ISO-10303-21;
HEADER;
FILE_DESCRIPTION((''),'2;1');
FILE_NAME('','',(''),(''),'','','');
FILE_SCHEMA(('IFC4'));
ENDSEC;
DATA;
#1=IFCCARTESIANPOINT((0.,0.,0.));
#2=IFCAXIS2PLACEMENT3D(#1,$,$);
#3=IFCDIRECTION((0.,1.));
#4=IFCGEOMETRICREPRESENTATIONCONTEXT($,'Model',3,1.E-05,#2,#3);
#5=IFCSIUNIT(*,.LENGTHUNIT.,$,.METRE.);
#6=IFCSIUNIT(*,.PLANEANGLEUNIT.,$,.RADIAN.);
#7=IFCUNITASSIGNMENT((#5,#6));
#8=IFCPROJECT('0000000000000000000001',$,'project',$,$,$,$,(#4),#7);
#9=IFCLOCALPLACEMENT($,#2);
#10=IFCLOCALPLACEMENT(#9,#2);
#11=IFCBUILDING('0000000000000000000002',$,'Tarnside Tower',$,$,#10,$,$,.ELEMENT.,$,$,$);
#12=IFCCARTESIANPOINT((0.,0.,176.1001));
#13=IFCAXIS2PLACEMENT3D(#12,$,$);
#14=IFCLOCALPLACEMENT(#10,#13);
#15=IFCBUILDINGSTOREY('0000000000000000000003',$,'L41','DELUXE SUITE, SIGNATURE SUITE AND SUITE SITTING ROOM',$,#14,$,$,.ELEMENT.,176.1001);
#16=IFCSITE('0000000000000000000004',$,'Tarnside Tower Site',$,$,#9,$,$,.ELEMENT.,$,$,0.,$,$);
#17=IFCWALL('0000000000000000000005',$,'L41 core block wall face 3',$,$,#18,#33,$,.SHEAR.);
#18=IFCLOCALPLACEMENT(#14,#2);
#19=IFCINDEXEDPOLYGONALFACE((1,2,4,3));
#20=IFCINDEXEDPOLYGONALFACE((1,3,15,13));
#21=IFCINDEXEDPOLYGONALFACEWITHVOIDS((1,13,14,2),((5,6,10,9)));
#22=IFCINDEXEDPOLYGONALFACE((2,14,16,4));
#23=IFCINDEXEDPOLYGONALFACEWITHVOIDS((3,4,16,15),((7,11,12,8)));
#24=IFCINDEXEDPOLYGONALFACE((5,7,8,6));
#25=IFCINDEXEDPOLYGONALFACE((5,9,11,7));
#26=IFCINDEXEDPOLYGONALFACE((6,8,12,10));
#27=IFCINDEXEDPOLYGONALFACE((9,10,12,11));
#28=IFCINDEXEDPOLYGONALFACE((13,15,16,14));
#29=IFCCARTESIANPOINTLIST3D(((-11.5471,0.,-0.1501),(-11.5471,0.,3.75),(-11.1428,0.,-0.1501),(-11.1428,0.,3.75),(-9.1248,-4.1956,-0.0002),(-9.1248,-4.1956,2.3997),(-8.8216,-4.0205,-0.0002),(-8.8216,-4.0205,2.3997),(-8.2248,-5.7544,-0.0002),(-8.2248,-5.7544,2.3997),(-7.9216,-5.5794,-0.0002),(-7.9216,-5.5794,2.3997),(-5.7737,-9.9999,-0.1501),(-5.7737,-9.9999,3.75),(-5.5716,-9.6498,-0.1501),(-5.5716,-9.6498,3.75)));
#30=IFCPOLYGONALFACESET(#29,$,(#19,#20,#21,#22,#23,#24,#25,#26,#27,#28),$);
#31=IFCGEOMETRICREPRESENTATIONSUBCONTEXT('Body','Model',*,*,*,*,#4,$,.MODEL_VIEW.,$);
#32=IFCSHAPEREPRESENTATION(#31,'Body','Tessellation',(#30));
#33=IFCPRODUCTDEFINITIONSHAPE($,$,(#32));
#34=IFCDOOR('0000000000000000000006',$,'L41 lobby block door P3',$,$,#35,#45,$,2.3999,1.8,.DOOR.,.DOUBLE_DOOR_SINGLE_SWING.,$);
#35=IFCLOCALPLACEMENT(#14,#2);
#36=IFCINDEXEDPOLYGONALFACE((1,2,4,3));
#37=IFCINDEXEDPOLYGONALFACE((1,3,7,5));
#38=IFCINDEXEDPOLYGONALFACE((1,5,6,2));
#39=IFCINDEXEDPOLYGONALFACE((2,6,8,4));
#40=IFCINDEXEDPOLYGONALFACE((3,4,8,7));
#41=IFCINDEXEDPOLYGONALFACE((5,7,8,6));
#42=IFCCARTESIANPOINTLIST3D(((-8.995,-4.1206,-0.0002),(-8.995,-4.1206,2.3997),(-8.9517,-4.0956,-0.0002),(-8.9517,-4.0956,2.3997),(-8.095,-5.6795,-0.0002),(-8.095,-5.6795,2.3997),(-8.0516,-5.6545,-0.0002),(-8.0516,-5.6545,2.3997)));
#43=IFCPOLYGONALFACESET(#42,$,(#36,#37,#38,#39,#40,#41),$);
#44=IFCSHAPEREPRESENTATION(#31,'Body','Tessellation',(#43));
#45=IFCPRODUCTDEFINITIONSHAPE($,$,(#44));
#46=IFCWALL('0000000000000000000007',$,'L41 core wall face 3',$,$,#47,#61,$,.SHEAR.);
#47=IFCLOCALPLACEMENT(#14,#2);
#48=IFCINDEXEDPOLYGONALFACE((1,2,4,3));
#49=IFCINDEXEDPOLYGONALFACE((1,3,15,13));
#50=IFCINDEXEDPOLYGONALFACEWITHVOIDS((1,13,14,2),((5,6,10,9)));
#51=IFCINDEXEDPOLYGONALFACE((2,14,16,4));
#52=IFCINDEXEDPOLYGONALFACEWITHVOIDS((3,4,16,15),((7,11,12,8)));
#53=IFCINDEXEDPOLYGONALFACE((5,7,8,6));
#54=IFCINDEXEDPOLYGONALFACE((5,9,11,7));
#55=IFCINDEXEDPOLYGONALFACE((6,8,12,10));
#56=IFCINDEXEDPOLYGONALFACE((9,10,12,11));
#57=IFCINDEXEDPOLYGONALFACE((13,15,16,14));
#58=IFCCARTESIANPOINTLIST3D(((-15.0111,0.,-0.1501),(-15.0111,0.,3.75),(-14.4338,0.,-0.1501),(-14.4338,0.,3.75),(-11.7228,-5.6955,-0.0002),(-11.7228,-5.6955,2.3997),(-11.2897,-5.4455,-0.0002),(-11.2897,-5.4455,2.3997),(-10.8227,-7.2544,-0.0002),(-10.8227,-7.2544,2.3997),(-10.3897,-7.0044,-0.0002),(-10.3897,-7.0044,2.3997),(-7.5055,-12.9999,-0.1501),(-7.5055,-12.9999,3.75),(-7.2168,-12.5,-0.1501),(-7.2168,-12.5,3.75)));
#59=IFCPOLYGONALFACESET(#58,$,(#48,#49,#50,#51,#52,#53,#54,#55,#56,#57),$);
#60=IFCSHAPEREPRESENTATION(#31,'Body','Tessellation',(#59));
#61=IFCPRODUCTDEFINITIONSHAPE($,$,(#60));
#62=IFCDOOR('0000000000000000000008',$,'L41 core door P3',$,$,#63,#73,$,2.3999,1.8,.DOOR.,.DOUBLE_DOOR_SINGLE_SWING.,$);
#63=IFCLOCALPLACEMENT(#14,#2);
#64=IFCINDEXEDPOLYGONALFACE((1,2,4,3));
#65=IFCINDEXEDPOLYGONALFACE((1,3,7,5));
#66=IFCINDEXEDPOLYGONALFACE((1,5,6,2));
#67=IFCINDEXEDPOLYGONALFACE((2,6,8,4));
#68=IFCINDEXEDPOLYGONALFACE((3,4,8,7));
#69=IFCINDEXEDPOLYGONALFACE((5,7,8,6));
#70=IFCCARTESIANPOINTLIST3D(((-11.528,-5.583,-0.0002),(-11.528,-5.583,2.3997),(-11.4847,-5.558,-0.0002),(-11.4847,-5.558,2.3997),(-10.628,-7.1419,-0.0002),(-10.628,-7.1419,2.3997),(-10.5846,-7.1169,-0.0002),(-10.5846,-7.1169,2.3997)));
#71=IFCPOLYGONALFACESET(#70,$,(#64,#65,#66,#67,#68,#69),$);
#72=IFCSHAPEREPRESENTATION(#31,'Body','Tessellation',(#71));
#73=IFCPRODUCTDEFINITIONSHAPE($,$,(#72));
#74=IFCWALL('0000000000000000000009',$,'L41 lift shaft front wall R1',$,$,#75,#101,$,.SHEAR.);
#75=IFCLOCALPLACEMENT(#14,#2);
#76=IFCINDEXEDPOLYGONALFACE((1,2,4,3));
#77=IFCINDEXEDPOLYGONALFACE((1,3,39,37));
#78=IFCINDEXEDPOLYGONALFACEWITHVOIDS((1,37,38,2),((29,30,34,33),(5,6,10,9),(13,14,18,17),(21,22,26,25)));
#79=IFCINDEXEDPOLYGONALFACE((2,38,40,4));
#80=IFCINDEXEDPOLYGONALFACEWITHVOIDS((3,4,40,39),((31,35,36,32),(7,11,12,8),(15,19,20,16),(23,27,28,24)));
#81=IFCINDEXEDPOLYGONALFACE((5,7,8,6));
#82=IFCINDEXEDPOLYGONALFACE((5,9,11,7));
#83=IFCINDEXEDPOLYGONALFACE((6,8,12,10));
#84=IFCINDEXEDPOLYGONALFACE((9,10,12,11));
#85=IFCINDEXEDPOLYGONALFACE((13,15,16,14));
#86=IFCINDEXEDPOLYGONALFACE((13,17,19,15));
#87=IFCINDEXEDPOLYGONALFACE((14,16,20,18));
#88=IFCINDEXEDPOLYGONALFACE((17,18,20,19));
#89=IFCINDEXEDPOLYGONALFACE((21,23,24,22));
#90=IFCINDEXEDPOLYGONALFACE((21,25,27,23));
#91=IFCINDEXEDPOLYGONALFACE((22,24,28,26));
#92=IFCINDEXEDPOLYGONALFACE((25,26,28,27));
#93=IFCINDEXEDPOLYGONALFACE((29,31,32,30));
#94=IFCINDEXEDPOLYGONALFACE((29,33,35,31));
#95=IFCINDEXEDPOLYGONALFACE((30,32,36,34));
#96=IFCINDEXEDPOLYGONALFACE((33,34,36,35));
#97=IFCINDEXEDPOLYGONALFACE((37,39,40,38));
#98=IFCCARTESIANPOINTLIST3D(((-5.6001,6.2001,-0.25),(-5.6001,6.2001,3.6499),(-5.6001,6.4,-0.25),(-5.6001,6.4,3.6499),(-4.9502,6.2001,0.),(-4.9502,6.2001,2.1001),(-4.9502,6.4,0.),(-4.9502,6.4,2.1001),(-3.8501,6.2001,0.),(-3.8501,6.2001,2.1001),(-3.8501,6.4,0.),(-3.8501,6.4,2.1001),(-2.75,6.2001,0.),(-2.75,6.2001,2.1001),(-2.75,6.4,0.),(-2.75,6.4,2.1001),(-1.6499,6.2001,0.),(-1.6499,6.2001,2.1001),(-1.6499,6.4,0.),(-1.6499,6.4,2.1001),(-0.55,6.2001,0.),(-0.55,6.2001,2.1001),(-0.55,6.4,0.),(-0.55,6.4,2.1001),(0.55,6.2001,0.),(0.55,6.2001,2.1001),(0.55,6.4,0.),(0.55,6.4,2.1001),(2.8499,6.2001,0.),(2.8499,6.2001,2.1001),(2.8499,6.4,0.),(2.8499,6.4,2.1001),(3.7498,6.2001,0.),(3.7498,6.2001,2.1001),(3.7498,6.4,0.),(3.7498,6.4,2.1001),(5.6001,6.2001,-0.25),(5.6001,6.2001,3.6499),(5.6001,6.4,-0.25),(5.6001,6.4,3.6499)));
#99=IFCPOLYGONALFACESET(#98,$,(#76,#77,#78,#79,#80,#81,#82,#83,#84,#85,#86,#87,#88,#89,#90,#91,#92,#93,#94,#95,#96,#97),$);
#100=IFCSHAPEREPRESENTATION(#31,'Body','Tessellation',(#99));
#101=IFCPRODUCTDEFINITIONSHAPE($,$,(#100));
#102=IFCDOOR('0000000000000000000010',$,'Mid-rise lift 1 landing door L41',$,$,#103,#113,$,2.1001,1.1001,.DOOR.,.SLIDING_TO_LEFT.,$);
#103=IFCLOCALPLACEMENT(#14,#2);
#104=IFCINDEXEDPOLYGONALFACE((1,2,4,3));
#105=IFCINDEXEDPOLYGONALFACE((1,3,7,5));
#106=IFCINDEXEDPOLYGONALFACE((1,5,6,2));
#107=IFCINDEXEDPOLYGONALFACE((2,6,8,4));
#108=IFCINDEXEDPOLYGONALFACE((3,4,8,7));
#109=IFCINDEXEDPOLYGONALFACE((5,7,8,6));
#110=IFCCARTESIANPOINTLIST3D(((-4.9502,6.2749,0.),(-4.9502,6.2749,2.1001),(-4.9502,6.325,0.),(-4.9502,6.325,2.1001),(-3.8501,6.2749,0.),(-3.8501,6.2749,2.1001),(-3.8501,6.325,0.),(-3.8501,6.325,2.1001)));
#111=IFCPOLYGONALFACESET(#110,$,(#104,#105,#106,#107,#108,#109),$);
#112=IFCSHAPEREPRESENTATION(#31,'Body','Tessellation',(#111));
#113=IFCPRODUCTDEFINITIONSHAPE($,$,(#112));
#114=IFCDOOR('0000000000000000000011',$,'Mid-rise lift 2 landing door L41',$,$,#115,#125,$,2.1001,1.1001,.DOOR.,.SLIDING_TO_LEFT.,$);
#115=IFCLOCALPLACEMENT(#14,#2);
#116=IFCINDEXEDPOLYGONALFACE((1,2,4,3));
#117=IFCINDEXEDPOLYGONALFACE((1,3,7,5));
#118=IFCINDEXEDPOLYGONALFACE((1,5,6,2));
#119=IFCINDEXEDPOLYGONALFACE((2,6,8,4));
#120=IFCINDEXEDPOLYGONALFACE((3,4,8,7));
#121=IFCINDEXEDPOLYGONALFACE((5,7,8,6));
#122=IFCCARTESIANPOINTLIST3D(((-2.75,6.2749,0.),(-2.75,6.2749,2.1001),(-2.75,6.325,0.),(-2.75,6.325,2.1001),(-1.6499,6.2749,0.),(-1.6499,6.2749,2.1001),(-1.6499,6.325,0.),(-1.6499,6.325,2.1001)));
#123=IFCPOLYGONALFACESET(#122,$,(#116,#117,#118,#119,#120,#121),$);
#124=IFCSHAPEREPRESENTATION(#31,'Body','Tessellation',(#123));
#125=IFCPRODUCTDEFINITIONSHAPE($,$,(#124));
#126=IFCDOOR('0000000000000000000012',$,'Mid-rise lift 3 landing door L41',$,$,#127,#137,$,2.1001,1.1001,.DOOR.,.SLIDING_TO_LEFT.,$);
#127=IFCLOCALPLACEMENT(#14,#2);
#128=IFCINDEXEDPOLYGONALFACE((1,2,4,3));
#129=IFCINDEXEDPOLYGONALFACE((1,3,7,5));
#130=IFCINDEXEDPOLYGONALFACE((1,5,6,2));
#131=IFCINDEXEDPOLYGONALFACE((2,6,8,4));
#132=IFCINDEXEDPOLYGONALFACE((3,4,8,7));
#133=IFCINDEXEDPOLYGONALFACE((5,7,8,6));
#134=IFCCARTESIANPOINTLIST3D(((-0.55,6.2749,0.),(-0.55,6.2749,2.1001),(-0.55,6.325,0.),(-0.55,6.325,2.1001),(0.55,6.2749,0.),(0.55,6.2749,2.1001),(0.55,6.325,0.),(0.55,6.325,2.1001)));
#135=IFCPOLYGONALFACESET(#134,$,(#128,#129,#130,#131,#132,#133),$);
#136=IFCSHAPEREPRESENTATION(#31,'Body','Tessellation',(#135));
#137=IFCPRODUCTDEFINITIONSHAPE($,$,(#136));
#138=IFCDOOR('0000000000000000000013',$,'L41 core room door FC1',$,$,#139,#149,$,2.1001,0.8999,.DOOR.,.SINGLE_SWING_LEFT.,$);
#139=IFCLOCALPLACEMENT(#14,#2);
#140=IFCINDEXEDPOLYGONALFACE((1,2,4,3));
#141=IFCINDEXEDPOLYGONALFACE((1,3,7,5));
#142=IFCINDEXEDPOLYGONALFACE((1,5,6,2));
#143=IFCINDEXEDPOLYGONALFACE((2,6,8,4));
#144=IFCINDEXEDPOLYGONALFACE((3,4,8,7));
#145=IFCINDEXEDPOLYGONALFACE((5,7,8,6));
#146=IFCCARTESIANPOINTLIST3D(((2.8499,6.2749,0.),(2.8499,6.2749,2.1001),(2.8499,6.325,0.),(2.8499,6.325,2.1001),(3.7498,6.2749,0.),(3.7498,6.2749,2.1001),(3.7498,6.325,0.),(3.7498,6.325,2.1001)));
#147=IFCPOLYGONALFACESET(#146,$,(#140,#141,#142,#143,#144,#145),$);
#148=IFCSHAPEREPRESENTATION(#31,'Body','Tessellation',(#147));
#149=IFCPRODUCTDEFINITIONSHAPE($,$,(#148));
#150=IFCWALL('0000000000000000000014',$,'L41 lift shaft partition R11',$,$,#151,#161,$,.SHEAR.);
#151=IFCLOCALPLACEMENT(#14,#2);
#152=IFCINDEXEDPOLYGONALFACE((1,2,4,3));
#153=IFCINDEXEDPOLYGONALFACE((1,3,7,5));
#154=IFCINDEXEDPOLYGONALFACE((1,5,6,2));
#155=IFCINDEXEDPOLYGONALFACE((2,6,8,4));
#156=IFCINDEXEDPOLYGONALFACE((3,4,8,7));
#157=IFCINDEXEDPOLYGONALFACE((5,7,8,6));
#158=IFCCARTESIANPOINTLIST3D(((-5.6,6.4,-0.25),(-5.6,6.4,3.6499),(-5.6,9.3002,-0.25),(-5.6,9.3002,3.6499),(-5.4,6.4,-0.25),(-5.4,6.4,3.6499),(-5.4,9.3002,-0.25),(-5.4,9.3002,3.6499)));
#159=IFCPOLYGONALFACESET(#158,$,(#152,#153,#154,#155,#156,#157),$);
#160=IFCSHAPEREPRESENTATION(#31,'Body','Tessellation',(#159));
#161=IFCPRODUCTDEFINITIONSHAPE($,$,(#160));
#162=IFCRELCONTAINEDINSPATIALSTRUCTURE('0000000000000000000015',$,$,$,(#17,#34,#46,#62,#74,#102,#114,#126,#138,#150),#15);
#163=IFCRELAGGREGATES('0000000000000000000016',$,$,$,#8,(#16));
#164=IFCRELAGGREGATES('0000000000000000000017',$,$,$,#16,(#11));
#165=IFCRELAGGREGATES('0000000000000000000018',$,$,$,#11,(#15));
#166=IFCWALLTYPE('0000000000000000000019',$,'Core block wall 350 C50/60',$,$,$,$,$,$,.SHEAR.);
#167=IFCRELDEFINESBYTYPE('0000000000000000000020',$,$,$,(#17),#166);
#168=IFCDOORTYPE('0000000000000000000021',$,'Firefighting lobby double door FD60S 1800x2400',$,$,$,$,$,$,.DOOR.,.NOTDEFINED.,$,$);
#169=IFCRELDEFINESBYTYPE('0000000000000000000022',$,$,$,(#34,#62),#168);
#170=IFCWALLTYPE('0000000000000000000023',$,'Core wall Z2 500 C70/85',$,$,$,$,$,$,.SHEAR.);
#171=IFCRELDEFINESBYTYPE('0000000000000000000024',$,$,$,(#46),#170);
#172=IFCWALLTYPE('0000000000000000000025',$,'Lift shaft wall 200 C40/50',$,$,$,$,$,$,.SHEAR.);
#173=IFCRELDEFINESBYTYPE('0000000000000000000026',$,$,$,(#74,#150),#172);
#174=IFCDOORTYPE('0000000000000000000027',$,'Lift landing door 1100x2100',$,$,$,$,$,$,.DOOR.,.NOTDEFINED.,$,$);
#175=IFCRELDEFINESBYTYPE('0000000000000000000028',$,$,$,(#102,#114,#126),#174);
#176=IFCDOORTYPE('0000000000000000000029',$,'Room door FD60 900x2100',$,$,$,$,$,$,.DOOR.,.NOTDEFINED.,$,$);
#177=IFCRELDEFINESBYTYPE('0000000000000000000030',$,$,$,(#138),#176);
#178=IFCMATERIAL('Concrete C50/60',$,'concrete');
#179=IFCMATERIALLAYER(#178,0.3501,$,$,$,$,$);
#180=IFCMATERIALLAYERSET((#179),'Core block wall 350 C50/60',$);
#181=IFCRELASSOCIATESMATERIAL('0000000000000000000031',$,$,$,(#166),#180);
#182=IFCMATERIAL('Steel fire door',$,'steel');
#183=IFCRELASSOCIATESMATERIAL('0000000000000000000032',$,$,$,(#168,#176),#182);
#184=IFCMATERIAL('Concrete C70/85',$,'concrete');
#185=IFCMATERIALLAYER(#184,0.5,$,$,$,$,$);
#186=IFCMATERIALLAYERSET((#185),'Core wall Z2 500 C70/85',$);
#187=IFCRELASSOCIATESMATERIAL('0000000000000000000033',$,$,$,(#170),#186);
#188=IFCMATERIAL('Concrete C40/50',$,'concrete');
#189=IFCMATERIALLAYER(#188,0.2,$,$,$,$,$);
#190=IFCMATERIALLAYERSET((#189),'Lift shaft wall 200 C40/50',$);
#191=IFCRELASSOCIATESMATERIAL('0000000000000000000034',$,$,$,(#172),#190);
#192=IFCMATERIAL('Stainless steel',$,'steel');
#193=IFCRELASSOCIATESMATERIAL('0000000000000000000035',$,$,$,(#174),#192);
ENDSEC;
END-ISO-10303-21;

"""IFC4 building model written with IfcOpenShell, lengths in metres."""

from ifc_helpers import new_model, si_unit, direction, frame, frame_2d, origin, place, context, subcontext, project, spatial, polyline, rectangle, outline, extrude, material, layer, layer_set, type_object, element, fill, save


model = new_model("IFC4")

# Units and contexts
model_context = context("Model", 3, precision=1e-05, world=origin(), true_north=direction((0.0, 1.0)))
body_context = subcontext(model_context, "Body", "Model", "MODEL_VIEW")
ifc_project = project(units=[si_unit("LENGTHUNIT", "METRE"), si_unit("PLANEANGLEUNIT", "RADIAN")], contexts=[model_context])

# Site, building, storey
site_placement = place(None, origin())
site = spatial("IfcSite", under=ifc_project, at=site_placement, Name="Tarnside Tower Site", CompositionType="ELEMENT", RefElevation=0.0)
building_placement = place(site_placement, origin())
building = spatial("IfcBuilding", under=site, at=building_placement, Name="Tarnside Tower", CompositionType="ELEMENT")
storey_placement = place(building_placement, frame((0.0, 0.0, 176.1001)))
storey = spatial("IfcBuildingStorey", under=building, at=storey_placement, Name="L41", Description="DELUXE SUITE, SIGNATURE SUITE AND SUITE SITTING ROOM", CompositionType="ELEMENT", Elevation=176.1001)

# Walls, openings, doors
ifc_material_1 = material(Name="Concrete C50/60", Category="concrete")
ifc_layer_1 = layer(ifc_material_1, 0.3501)
ifc_layer_set_1 = layer_set([ifc_layer_1], Name="Core block wall 350 C50/60")
wall_type_1 = type_object("IfcWallType", Name="Core block wall 350 C50/60", PredefinedType="SHEAR", material=ifc_layer_set_1)
wall_1_placement = place(storey_placement, frame((-11.345, 0.0, -0.1501), z_axis=(0.0, 0.0, 1.0), x_axis=(0.499995, -0.866028, 0.0)))
wall_1 = element("IfcWall", 1, at=wall_1_placement, inside=storey, type_object=wall_type_1, Name="L41 core block wall face 3", PredefinedType="SHEAR", context=body_context, shape_type="SweptSolid", body=[
    extrude(outline(polyline([(-0.1011, -0.175), (11.4458, -0.175), (11.2437, 0.175), (0.1011, 0.175), (-0.1011, -0.175)])), origin(), (0.0, 0.0, 1.0), 3.9001),
])
opening_1_placement = place(wall_1_placement, frame((4.7437, 0.0, 0.1499)))
opening_1 = element("IfcOpeningElement", 2, at=opening_1_placement, cuts=wall_1, PredefinedType="OPENING", context=body_context, shape_type="SweptSolid", body=[
    extrude(rectangle(XDim=1.8, YDim=2.3999, at=frame_2d((0.8999, 1.2))), frame((0.0, 0.1851, 0.0), z_axis=(0.0, -1.0, 0.0), x_axis=(1.0, 0.0, 0.0)), (0.0, 0.0, 1.0), 0.3701),
])
ifc_material_2 = material(Name="Steel fire door", Category="steel")
door_type_1 = type_object("IfcDoorType", Name="Firefighting lobby double door FD60S 1800x2400", OperationType="NOTDEFINED", PredefinedType="DOOR", material=ifc_material_2)
door_1_placement = place(opening_1_placement, origin())
door_1 = element("IfcDoor", 3, at=door_1_placement, inside=storey, type_object=door_type_1, Name="L41 lobby block door P3", OperationType="DOUBLE_DOOR_SINGLE_SWING", OverallHeight=2.3999, OverallWidth=1.8, PredefinedType="DOOR", context=body_context, shape_type="SweptSolid", body=[
    extrude(rectangle(XDim=1.8, YDim=2.3999, at=frame_2d((0.8999, 1.2))), frame((0.0, 0.0249, 0.0), z_axis=(0.0, -1.0, 0.0), x_axis=(1.0, 0.0, 0.0)), (0.0, 0.0, 1.0), 0.05),
])
fill(opening_1, door_1)
ifc_material_3 = material(Name="Concrete C70/85", Category="concrete")
ifc_layer_2 = layer(ifc_material_3, 0.5)
ifc_layer_set_2 = layer_set([ifc_layer_2], Name="Core wall Z2 500 C70/85")
wall_type_2 = type_object("IfcWallType", Name="Core wall Z2 500 C70/85", PredefinedType="SHEAR", material=ifc_layer_set_2)
wall_2_placement = place(storey_placement, frame((-14.7224, 0.0, -0.1501), z_axis=(0.0, 0.0, 1.0), x_axis=(0.500006, -0.866022, 0.0)))
wall_2 = element("IfcWall", 4, at=wall_2_placement, inside=storey, type_object=wall_type_2, Name="L41 core wall face 3", PredefinedType="SHEAR", context=body_context, shape_type="SweptSolid", body=[
    extrude(outline(polyline([(-0.1443, -0.25), (14.8667, -0.25), (14.5781, 0.25), (0.1443, 0.25), (-0.1443, -0.25)])), origin(), (0.0, 0.0, 1.0), 3.9001),
])
opening_2_placement = place(wall_2_placement, frame((6.4324, 0.0, 0.1499)))
opening_2 = element("IfcOpeningElement", 5, at=opening_2_placement, cuts=wall_2, PredefinedType="OPENING", context=body_context, shape_type="SweptSolid", body=[
    extrude(rectangle(XDim=1.8, YDim=2.3999, at=frame_2d((0.8999, 1.2))), frame((0.0, 0.26, 0.0), z_axis=(0.0, -1.0, 0.0), x_axis=(1.0, 0.0, 0.0)), (0.0, 0.0, 1.0), 0.52),
])
door_2_placement = place(opening_2_placement, origin())
door_2 = element("IfcDoor", 6, at=door_2_placement, inside=storey, type_object=door_type_1, Name="L41 core door P3", OperationType="DOUBLE_DOOR_SINGLE_SWING", OverallHeight=2.3999, OverallWidth=1.8, PredefinedType="DOOR", context=body_context, shape_type="SweptSolid", body=[
    extrude(rectangle(XDim=1.8, YDim=2.3999, at=frame_2d((0.8999, 1.2))), frame((0.0, 0.0249, 0.0), z_axis=(0.0, -1.0, 0.0), x_axis=(1.0, 0.0, 0.0)), (0.0, 0.0, 1.0), 0.05),
])
fill(opening_2, door_2)

# Wall, openings, doors
ifc_material_4 = material(Name="Concrete C40/50", Category="concrete")
ifc_layer_3 = layer(ifc_material_4, 0.2)
ifc_layer_set_3 = layer_set([ifc_layer_3], Name="Lift shaft wall 200 C40/50")
wall_type_3 = type_object("IfcWallType", Name="Lift shaft wall 200 C40/50", PredefinedType="SHEAR", material=ifc_layer_set_3)
wall_3_placement = place(storey_placement, frame((-5.6001, 6.3, -0.25), z_axis=(0.0, 0.0, 1.0), x_axis=(1.0, 0.0, 0.0)))
wall_3 = element("IfcWall", 7, at=wall_3_placement, inside=storey, type_object=wall_type_3, Name="L41 lift shaft front wall R1", PredefinedType="SHEAR", context=body_context, shape_type="SweptSolid", body=[
    extrude(rectangle(XDim=11.2002, YDim=0.2, at=frame_2d((5.6001, 0.0))), origin(), (0.0, 0.0, 1.0), 3.8999),
])
opening_3_placement = place(wall_3_placement, frame((8.45, 0.0, 0.25)))
opening_3 = element("IfcOpeningElement", 8, at=opening_3_placement, cuts=wall_3, PredefinedType="OPENING", context=body_context, shape_type="SweptSolid", body=[
    extrude(rectangle(XDim=0.8999, YDim=2.1001, at=frame_2d((0.45, 1.05))), frame((0.0, 0.1099, 0.0), z_axis=(0.0, -1.0, 0.0), x_axis=(1.0, 0.0, 0.0)), (0.0, 0.0, 1.0), 0.22),
])
opening_4_placement = place(wall_3_placement, frame((0.6499, 0.0, 0.25)))
opening_4 = element("IfcOpeningElement", 9, at=opening_4_placement, cuts=wall_3, PredefinedType="OPENING", context=body_context, shape_type="SweptSolid", body=[
    extrude(rectangle(XDim=1.1001, YDim=2.1001, at=frame_2d((0.55, 1.05))), frame((0.0, 0.1099, 0.0), z_axis=(0.0, -1.0, 0.0), x_axis=(1.0, 0.0, 0.0)), (0.0, 0.0, 1.0), 0.22),
])
opening_5_placement = place(wall_3_placement, frame((2.8501, 0.0, 0.25)))
opening_5 = element("IfcOpeningElement", 10, at=opening_5_placement, cuts=wall_3, PredefinedType="OPENING", context=body_context, shape_type="SweptSolid", body=[
    extrude(rectangle(XDim=1.1001, YDim=2.1001, at=frame_2d((0.55, 1.05))), frame((0.0, 0.1099, 0.0), z_axis=(0.0, -1.0, 0.0), x_axis=(1.0, 0.0, 0.0)), (0.0, 0.0, 1.0), 0.22),
])
opening_6_placement = place(wall_3_placement, frame((5.05, 0.0, 0.25)))
opening_6 = element("IfcOpeningElement", 11, at=opening_6_placement, cuts=wall_3, PredefinedType="OPENING", context=body_context, shape_type="SweptSolid", body=[
    extrude(rectangle(XDim=1.1001, YDim=2.1001, at=frame_2d((0.55, 1.05))), frame((0.0, 0.1099, 0.0), z_axis=(0.0, -1.0, 0.0), x_axis=(1.0, 0.0, 0.0)), (0.0, 0.0, 1.0), 0.22),
])
ifc_material_5 = material(Name="Stainless steel", Category="steel")
door_type_2 = type_object("IfcDoorType", Name="Lift landing door 1100x2100", OperationType="NOTDEFINED", PredefinedType="DOOR", material=ifc_material_5)
door_3_placement = place(opening_4_placement, origin())
door_3 = element("IfcDoor", 12, at=door_3_placement, inside=storey, type_object=door_type_2, Name="Mid-rise lift 1 landing door L41", OperationType="SLIDING_TO_LEFT", OverallHeight=2.1001, OverallWidth=1.1001, PredefinedType="DOOR", context=body_context, shape_type="SweptSolid", body=[
    extrude(rectangle(XDim=1.1001, YDim=2.1001, at=frame_2d((0.55, 1.05))), frame((0.0, 0.0249, 0.0), z_axis=(0.0, -1.0, 0.0), x_axis=(1.0, 0.0, 0.0)), (0.0, 0.0, 1.0), 0.05),
])
fill(opening_4, door_3)
door_4_placement = place(opening_5_placement, origin())
door_4 = element("IfcDoor", 13, at=door_4_placement, inside=storey, type_object=door_type_2, Name="Mid-rise lift 2 landing door L41", OperationType="SLIDING_TO_LEFT", OverallHeight=2.1001, OverallWidth=1.1001, PredefinedType="DOOR", context=body_context, shape_type="SweptSolid", body=[
    extrude(rectangle(XDim=1.1001, YDim=2.1001, at=frame_2d((0.55, 1.05))), frame((0.0, 0.0249, 0.0), z_axis=(0.0, -1.0, 0.0), x_axis=(1.0, 0.0, 0.0)), (0.0, 0.0, 1.0), 0.05),
])
fill(opening_5, door_4)
door_5_placement = place(opening_6_placement, origin())
door_5 = element("IfcDoor", 14, at=door_5_placement, inside=storey, type_object=door_type_2, Name="Mid-rise lift 3 landing door L41", OperationType="SLIDING_TO_LEFT", OverallHeight=2.1001, OverallWidth=1.1001, PredefinedType="DOOR", context=body_context, shape_type="SweptSolid", body=[
    extrude(rectangle(XDim=1.1001, YDim=2.1001, at=frame_2d((0.55, 1.05))), frame((0.0, 0.0249, 0.0), z_axis=(0.0, -1.0, 0.0), x_axis=(1.0, 0.0, 0.0)), (0.0, 0.0, 1.0), 0.05),
])
fill(opening_6, door_5)
door_type_3 = type_object("IfcDoorType", Name="Room door FD60 900x2100", OperationType="NOTDEFINED", PredefinedType="DOOR", material=ifc_material_2)
door_6_placement = place(opening_3_placement, origin())
door_6 = element("IfcDoor", 15, at=door_6_placement, inside=storey, type_object=door_type_3, Name="L41 core room door FC1", OperationType="SINGLE_SWING_LEFT", OverallHeight=2.1001, OverallWidth=0.8999, PredefinedType="DOOR", context=body_context, shape_type="SweptSolid", body=[
    extrude(rectangle(XDim=0.8999, YDim=2.1001, at=frame_2d((0.45, 1.05))), frame((0.0, 0.0249, 0.0), z_axis=(0.0, -1.0, 0.0), x_axis=(1.0, 0.0, 0.0)), (0.0, 0.0, 1.0), 0.05),
])
fill(opening_3, door_6)

# Wall
wall_4_placement = place(storey_placement, frame((-5.5, 6.3999, -0.25), z_axis=(0.0, 0.0, 1.0), x_axis=(0.0, 1.0, 0.0)))
element("IfcWall", 16, at=wall_4_placement, inside=storey, type_object=wall_type_3, Name="L41 lift shaft partition R11", PredefinedType="SHEAR", context=body_context, shape_type="SweptSolid", body=[
    extrude(rectangle(XDim=2.9001, YDim=0.2, at=frame_2d((1.4502, 0.0))), origin(), (0.0, 0.0, 1.0), 3.8999),
])

save(model, "model.ifc")
